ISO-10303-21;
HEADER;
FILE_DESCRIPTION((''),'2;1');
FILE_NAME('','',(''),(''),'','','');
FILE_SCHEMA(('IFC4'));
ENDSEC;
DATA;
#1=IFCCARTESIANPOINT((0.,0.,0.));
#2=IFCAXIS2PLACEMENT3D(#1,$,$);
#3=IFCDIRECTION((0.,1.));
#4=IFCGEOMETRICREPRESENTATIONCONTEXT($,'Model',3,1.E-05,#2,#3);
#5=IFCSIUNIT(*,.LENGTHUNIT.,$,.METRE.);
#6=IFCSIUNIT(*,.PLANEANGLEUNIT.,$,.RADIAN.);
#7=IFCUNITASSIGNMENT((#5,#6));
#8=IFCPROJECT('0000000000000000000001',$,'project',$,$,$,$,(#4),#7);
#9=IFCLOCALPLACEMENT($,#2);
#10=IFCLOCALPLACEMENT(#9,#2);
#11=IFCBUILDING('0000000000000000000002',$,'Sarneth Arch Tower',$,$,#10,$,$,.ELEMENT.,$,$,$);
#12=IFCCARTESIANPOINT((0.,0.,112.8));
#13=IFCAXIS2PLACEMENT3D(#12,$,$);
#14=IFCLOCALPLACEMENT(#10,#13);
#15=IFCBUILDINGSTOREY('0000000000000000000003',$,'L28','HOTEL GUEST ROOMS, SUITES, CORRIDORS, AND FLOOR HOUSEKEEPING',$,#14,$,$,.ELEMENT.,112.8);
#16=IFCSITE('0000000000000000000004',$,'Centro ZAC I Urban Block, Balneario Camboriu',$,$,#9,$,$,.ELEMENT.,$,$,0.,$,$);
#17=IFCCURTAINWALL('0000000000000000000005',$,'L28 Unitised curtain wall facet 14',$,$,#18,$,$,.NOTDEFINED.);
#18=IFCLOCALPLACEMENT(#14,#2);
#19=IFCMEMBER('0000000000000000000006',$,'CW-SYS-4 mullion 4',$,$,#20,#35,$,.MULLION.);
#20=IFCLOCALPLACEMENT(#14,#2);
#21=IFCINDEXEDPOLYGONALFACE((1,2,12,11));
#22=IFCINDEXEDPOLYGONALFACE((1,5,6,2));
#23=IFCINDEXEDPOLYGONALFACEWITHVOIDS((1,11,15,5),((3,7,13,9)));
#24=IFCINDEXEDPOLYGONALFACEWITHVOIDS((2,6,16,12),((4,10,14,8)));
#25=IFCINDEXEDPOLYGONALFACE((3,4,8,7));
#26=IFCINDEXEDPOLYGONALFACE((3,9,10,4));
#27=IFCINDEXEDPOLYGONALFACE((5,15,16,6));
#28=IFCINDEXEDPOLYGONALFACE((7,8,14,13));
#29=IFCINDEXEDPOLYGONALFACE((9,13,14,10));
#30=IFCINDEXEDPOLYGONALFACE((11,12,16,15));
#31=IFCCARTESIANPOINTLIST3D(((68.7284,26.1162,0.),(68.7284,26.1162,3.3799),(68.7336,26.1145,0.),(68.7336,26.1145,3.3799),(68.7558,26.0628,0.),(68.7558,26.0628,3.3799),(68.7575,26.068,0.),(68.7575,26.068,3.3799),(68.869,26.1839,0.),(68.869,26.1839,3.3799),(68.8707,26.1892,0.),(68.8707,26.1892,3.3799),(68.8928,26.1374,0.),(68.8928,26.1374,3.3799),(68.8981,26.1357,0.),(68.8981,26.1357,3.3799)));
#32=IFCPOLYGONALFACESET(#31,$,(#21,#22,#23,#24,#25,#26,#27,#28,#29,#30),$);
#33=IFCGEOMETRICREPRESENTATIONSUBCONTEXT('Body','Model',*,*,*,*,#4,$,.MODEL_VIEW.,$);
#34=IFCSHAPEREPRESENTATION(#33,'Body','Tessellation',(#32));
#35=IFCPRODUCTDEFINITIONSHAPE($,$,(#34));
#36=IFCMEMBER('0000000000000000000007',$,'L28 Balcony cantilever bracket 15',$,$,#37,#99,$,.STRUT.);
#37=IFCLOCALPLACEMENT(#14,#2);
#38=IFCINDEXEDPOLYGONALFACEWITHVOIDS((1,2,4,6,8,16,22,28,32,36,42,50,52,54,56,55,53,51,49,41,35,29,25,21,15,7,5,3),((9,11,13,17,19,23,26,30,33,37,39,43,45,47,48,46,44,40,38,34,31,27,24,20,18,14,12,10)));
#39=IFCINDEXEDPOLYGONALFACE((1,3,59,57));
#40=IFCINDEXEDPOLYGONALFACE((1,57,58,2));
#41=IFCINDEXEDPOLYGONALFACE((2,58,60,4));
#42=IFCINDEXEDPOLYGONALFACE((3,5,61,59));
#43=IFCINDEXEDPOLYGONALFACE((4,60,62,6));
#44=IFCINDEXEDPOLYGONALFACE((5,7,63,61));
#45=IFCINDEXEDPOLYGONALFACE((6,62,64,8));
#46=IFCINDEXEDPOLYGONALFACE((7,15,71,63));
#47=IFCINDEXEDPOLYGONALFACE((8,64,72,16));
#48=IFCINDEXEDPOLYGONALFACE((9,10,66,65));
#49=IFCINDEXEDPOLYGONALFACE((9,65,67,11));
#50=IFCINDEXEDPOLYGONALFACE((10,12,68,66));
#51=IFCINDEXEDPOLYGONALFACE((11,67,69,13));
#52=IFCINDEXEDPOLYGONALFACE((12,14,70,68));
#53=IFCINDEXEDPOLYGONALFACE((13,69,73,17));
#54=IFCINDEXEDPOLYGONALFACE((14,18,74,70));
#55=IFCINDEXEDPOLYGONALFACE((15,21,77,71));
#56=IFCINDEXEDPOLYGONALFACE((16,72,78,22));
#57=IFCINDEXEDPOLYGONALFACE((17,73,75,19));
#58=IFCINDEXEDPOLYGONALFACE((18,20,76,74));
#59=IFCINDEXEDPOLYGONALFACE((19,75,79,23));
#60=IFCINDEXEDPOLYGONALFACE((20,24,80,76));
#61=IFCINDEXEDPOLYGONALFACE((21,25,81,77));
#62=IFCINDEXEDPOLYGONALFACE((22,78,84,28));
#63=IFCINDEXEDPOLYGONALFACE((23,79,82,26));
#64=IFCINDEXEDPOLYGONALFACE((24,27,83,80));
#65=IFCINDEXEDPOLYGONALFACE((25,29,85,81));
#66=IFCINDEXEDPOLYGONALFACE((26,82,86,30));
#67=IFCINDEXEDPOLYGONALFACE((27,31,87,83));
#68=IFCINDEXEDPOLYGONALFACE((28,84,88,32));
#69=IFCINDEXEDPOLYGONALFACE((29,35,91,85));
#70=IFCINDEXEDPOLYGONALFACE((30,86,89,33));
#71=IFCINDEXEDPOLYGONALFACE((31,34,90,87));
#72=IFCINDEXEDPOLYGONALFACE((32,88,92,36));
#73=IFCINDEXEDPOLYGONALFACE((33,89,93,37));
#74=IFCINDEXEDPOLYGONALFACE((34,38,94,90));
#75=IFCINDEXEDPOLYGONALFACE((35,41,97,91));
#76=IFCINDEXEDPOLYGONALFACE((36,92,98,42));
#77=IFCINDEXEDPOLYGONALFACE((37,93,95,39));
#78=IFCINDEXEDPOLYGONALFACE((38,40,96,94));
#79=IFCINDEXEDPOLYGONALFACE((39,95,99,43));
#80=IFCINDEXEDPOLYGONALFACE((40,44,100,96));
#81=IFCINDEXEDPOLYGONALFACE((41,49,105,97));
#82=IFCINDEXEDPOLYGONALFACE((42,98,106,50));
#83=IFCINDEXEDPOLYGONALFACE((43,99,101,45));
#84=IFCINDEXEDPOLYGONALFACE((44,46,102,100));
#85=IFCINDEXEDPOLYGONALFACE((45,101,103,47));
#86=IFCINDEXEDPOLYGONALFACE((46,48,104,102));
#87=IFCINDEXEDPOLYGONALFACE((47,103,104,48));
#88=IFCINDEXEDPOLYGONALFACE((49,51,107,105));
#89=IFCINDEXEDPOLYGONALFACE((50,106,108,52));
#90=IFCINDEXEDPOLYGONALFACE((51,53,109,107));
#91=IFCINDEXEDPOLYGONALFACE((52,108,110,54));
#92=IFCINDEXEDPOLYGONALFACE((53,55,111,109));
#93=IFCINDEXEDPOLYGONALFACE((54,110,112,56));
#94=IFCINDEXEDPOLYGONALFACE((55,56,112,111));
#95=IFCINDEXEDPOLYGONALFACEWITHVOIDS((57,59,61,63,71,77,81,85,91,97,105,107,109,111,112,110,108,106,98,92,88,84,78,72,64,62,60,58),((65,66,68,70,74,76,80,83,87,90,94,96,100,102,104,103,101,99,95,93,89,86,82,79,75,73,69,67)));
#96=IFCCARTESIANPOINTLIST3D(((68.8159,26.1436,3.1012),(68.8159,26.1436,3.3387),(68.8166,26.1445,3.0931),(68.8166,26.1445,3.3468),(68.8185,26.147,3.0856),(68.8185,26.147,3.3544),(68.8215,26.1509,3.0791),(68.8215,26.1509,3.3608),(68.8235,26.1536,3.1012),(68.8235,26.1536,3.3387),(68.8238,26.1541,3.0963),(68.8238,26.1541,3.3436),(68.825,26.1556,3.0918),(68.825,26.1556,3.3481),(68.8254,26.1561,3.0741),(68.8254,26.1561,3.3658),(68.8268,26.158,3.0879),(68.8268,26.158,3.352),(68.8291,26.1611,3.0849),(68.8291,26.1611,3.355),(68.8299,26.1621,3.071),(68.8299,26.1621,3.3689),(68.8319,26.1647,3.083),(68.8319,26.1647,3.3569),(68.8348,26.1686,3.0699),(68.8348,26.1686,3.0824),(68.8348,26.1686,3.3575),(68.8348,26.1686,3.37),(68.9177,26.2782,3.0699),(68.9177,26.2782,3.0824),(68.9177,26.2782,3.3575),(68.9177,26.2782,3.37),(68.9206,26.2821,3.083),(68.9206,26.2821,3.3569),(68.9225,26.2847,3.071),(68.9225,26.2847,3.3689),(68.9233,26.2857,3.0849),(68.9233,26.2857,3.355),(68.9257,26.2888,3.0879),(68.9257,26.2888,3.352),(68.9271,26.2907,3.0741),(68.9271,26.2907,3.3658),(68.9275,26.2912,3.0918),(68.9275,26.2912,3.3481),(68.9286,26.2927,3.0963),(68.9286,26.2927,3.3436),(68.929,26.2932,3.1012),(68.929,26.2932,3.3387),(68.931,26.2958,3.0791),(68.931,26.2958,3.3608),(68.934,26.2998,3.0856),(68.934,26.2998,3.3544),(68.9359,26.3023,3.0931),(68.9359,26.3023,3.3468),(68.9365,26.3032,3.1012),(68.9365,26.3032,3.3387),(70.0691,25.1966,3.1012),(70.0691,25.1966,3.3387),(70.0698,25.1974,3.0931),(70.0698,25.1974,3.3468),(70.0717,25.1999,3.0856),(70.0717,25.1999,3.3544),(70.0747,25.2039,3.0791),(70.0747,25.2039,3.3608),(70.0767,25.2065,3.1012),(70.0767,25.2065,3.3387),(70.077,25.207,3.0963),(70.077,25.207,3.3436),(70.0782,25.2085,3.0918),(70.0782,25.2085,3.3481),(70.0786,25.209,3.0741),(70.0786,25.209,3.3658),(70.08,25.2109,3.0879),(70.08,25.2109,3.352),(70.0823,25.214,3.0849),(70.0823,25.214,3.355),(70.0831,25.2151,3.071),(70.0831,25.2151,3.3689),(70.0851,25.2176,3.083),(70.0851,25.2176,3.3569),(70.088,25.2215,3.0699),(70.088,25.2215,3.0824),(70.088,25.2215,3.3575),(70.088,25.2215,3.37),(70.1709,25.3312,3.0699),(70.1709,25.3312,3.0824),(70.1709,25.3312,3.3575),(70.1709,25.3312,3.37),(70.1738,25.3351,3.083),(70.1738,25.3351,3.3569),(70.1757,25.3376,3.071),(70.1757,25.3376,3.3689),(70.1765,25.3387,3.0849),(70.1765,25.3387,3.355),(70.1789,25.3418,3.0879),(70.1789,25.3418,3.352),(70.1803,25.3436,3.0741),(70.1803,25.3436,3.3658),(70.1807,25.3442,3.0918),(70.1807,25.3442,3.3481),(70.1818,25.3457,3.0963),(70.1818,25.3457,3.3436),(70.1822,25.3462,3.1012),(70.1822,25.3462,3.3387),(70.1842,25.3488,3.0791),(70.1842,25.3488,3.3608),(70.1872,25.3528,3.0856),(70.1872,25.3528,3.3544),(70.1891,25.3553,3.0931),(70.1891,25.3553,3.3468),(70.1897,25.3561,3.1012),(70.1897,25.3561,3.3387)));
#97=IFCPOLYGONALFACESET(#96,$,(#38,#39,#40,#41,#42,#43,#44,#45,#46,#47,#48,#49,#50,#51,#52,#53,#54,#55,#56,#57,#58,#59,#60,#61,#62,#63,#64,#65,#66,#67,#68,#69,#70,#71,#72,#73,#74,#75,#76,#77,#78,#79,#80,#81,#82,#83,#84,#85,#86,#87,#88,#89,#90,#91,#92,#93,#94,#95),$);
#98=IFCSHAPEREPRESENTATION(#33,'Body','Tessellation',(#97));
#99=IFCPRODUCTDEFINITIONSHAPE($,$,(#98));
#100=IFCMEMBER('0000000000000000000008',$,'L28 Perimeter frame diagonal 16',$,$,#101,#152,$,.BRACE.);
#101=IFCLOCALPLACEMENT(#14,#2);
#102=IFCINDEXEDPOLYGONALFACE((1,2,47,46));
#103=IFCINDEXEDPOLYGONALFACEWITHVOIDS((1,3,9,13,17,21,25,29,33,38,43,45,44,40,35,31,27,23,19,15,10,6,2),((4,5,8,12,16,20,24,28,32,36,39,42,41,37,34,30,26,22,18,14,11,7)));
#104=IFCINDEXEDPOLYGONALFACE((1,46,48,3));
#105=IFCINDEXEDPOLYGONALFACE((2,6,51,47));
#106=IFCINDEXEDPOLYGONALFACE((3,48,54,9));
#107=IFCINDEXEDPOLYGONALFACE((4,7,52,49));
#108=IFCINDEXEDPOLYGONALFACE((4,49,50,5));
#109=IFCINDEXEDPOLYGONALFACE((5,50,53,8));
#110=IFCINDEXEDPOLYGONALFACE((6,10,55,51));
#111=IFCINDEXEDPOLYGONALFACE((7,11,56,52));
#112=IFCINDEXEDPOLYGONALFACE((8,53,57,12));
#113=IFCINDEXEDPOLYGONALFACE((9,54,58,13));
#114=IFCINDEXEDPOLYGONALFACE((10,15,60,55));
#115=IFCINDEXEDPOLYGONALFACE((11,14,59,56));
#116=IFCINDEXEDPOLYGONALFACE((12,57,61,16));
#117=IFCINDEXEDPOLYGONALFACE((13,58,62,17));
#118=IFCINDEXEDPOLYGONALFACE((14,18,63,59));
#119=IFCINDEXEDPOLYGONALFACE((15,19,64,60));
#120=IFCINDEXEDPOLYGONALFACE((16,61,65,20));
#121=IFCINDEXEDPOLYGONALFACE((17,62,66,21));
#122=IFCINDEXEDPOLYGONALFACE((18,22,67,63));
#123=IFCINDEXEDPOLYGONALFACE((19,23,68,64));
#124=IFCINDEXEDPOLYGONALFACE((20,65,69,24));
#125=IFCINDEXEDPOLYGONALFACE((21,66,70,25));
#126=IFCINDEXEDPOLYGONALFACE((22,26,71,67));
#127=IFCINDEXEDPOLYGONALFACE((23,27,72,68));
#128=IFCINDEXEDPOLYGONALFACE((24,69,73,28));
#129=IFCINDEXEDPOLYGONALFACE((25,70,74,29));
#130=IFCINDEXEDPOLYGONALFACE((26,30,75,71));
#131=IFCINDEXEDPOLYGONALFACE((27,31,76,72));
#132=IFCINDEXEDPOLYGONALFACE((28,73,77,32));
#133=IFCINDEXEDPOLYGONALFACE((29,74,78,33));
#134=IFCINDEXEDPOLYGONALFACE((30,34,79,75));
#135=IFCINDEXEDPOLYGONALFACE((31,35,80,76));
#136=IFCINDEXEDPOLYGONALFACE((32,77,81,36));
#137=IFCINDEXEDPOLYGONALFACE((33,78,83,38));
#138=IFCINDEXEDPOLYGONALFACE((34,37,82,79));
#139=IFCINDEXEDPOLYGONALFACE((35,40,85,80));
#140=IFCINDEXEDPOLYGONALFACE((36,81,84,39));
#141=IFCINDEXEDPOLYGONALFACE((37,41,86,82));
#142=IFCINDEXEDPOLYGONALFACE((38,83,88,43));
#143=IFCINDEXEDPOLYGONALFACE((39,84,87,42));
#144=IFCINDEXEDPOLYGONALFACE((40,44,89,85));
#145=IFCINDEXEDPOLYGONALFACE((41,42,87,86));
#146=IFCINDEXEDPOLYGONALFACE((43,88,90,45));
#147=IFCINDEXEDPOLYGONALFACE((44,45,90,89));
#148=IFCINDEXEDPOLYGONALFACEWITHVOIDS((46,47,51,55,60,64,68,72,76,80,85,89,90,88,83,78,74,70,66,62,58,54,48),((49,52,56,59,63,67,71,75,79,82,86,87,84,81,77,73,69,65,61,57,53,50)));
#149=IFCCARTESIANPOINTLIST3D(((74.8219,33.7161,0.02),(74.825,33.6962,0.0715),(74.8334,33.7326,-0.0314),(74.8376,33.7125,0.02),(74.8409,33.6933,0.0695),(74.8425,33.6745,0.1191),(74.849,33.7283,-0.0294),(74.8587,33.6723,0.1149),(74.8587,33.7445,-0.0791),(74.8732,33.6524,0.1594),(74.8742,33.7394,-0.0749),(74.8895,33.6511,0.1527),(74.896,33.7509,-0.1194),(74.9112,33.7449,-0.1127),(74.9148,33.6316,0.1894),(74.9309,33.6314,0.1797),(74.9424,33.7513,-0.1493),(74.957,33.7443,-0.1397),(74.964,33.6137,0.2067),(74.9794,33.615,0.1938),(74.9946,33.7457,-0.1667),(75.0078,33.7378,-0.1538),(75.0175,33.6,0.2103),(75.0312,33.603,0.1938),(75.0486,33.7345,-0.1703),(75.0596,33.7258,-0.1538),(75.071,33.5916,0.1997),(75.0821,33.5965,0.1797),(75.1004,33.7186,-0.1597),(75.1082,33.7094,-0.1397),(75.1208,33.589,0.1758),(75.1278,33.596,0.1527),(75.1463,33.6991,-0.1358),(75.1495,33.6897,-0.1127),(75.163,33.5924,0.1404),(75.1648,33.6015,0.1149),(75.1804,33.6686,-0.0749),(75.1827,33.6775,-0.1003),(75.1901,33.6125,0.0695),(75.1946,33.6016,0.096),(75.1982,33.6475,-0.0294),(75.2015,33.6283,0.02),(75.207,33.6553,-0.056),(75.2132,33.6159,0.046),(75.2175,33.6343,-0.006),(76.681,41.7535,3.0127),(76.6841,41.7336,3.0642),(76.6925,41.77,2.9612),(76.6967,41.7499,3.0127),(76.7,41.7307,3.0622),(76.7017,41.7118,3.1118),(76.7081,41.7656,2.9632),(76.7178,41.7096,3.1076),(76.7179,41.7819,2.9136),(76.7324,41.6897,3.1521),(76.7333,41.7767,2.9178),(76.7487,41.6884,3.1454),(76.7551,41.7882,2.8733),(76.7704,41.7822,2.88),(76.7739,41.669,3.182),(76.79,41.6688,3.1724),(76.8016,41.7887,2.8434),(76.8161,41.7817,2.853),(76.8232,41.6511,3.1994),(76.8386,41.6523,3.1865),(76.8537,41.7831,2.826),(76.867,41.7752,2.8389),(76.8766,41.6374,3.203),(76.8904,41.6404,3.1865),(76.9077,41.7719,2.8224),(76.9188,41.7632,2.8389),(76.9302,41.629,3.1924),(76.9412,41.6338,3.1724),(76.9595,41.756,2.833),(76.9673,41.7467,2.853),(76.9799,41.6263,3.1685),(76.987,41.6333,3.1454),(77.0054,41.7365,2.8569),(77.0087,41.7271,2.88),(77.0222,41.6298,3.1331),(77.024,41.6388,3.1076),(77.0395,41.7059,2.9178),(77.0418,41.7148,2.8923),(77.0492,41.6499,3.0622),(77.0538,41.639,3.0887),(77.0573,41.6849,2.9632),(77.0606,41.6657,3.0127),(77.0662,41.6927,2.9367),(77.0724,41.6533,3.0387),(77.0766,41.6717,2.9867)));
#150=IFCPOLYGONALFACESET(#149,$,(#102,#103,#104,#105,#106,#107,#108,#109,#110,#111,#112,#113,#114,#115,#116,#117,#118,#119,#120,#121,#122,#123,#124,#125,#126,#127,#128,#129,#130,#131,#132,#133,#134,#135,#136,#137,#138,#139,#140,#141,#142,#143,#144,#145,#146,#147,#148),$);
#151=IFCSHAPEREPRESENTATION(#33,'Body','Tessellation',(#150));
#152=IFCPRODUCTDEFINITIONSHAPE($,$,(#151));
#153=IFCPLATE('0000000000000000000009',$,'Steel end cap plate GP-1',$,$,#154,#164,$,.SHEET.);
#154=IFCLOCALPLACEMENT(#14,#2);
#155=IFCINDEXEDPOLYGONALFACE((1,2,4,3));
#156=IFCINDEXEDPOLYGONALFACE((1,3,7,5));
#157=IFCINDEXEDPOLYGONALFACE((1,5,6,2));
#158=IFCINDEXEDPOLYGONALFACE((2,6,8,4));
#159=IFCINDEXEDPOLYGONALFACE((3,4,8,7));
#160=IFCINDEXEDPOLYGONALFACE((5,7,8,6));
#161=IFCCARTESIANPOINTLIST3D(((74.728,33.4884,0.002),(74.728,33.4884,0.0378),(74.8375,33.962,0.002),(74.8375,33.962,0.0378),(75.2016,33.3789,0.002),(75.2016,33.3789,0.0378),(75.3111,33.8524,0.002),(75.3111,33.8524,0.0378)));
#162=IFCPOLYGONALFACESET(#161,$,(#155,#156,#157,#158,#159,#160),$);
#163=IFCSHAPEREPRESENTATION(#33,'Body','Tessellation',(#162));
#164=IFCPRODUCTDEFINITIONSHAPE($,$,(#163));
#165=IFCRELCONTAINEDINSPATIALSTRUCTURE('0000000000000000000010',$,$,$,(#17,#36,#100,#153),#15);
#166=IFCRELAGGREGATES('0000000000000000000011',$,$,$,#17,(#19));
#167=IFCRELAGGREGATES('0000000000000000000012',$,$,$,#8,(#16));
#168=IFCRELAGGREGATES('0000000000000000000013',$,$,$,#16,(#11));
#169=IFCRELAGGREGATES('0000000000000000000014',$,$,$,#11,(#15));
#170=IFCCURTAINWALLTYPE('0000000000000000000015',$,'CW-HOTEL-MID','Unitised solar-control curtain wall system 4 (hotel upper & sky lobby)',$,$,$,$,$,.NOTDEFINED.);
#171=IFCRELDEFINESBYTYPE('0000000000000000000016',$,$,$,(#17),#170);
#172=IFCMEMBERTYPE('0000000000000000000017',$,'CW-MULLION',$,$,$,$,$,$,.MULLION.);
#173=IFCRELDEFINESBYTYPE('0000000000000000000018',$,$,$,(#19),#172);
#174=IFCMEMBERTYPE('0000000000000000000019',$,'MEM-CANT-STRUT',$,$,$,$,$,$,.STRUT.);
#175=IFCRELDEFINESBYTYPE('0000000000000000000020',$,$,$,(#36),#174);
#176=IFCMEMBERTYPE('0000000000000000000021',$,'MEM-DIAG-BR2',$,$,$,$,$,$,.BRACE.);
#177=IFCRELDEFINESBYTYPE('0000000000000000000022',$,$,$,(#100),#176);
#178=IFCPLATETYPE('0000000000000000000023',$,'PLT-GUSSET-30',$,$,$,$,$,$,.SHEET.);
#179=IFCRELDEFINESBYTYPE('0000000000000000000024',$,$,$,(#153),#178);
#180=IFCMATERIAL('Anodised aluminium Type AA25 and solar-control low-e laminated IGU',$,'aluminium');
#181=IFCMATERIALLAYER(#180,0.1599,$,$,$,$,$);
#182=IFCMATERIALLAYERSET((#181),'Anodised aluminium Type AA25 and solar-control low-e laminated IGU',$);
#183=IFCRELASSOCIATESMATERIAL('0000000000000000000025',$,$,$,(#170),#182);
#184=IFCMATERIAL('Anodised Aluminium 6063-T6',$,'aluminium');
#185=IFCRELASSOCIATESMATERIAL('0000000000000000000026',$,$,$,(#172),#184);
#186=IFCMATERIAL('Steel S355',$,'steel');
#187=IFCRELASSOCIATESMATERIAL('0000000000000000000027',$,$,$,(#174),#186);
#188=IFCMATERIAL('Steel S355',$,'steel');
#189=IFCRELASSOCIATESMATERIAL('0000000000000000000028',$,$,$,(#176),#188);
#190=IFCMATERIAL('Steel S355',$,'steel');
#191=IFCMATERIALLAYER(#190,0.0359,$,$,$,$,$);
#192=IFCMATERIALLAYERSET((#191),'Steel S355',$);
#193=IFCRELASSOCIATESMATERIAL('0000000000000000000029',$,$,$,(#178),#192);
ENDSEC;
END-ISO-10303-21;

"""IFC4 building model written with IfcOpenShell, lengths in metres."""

from ifc_helpers import new_model, si_unit, direction, frame, origin, origin_2d, place, context, subcontext, project, spatial, rectangle, hollow_rectangle, hollow_circle, extrude, material, layer, layer_set, material_profile, profile_set, type_object, element, aggregate, save


model = new_model("IFC4")

# Units and contexts
model_context = context("Model", 3, precision=1e-05, world=origin(), true_north=direction((0.0, 1.0)))
body_context = subcontext(model_context, "Body", "Model", "MODEL_VIEW")
ifc_project = project(units=[si_unit("LENGTHUNIT", "METRE"), si_unit("PLANEANGLEUNIT", "RADIAN")], contexts=[model_context])

# Site, building, storey
site_placement = place(None, origin())
site = spatial("IfcSite", under=ifc_project, at=site_placement, Name="Centro ZAC I Urban Block, Balneario Camboriu", CompositionType="ELEMENT", RefElevation=0.0)
building_placement = place(site_placement, origin())
building = spatial("IfcBuilding", under=site, at=building_placement, Name="Sarneth Arch Tower", CompositionType="ELEMENT")
storey_placement = place(building_placement, frame((0.0, 0.0, 112.8)))
storey = spatial("IfcBuildingStorey", under=building, at=storey_placement, Name="L28", Description="HOTEL GUEST ROOMS, SUITES, CORRIDORS, AND FLOOR HOUSEKEEPING", CompositionType="ELEMENT", Elevation=112.8)

# Curtain wall, member
ifc_material_1 = material(Name="Anodised aluminium Type AA25 and solar-control low-e laminated IGU", Category="aluminium")
ifc_layer_1 = layer(ifc_material_1, 0.1599)
ifc_layer_set_1 = layer_set([ifc_layer_1], Name="Anodised aluminium Type AA25 and solar-control low-e laminated IGU")
curtain_wall_type = type_object("IfcCurtainWallType", Name="CW-HOTEL-MID", Description="Unitised solar-control curtain wall system 4 (hotel upper & sky lobby)", PredefinedType="NOTDEFINED", material=ifc_layer_set_1)
curtain_wall_placement = place(storey_placement, origin())
curtain_wall = element("IfcCurtainWall", 1, at=curtain_wall_placement, inside=storey, type_object=curtain_wall_type, Name="L28 Unitised curtain wall facet 14", PredefinedType="NOTDEFINED")
ifc_material_2 = material(Name="Anodised Aluminium 6063-T6", Category="aluminium")
ifc_material_profile_1 = material_profile(ifc_material_2, hollow_rectangle(XDim=0.0601, YDim=0.1599, WallThickness=0.0039, at=origin_2d()), Name="AL-MULL-160x60x4")
ifc_profile_set_1 = profile_set([ifc_material_profile_1], Name="Anodised Aluminium 6063-T6")
member_type_1 = type_object("IfcMemberType", Name="CW-MULLION", PredefinedType="MULLION", material=ifc_profile_set_1)
member_1_placement = place(storey_placement, frame((68.8132, 26.126, 0.0), z_axis=(0.0, 0.0, 1.0), x_axis=(-0.456031, 0.889964, 0.0)))
member_1 = element("IfcMember", 2, at=member_1_placement, type_object=member_type_1, Name="CW-SYS-4 mullion 4", PredefinedType="MULLION", context=body_context, shape_type="SweptSolid", body=[
    extrude(hollow_rectangle(XDim=0.0601, YDim=0.1599, WallThickness=0.0039, at=origin_2d()), origin(), (0.0, 0.0, 1.0), 3.3799),
])
aggregate(curtain_wall, [member_1])

# Members
ifc_material_3 = material(Name="Steel S355", Category="steel")
ifc_material_profile_2 = material_profile(ifc_material_3, hollow_rectangle(XDim=0.2, YDim=0.3, WallThickness=0.0125, InnerFilletRadius=0.0188, OuterFilletRadius=0.0312, at=origin_2d()), Name="RHS300x200x12.5")
ifc_profile_set_2 = profile_set([ifc_material_profile_2], Name="Steel S355")
member_type_2 = type_object("IfcMemberType", Name="MEM-CANT-STRUT", PredefinedType="STRUT", material=ifc_profile_set_2)
member_2_placement = place(storey_placement, frame((68.8762, 26.2234, 3.22), z_axis=(0.797812, -0.602906, 0.0), x_axis=(0.602906, 0.797812, 0.0)))
element("IfcMember", 3, at=member_2_placement, inside=storey, type_object=member_type_2, Name="L28 Balcony cantilever bracket 15", PredefinedType="STRUT", context=body_context, shape_type="SweptSolid", body=[
    extrude(hollow_rectangle(XDim=0.2, YDim=0.3, WallThickness=0.0125, InnerFilletRadius=0.0188, OuterFilletRadius=0.0312, at=origin_2d()), origin(), (0.0, 0.0, 1.0), 1.5708),
])
ifc_material_4 = material(Name="Steel S355", Category="steel")
ifc_material_profile_3 = material_profile(ifc_material_4, hollow_circle(Radius=0.2029, WallThickness=0.0161, at=origin_2d()), Name="CHS406x16")
ifc_profile_set_3 = profile_set([ifc_material_profile_3], Name="Steel S355")
member_type_3 = type_object("IfcMemberType", Name="MEM-DIAG-BR2", PredefinedType="BRACE", material=ifc_profile_set_3)
member_3_placement = place(storey_placement, frame((75.0195, 33.6704, 0.02), z_axis=(0.211852, 0.915873, 0.341022), x_axis=(-0.974275, 0.225361, 0.0)))
element("IfcMember", 4, at=member_3_placement, inside=storey, type_object=member_type_3, Name="L28 Perimeter frame diagonal 16", PredefinedType="BRACE", context=body_context, shape_type="SweptSolid", body=[
    extrude(hollow_circle(Radius=0.2029, WallThickness=0.0161, at=origin_2d()), origin(), (0.0, 0.0, 1.0), 8.7756),
])

# Plate
ifc_material_5 = material(Name="Steel S355", Category="steel")
ifc_layer_2 = layer(ifc_material_5, 0.0359)
ifc_layer_set_2 = layer_set([ifc_layer_2], Name="Steel S355")
plate_type = type_object("IfcPlateType", Name="PLT-GUSSET-30", PredefinedType="SHEET", material=ifc_layer_set_2)
plate_placement = place(storey_placement, frame((75.0195, 33.6704, 0.002), z_axis=(0.0, 0.0, 1.0), x_axis=(0.225291, 0.974291, 0.0)))
element("IfcPlate", 5, at=plate_placement, inside=storey, type_object=plate_type, Name="Steel end cap plate GP-1", PredefinedType="SHEET", context=body_context, shape_type="SweptSolid", body=[
    extrude(rectangle(XDim=0.4861, YDim=0.4861, at=origin_2d()), origin(), (0.0, 0.0, 1.0), 0.0359),
])

save(model, "model.ifc")
